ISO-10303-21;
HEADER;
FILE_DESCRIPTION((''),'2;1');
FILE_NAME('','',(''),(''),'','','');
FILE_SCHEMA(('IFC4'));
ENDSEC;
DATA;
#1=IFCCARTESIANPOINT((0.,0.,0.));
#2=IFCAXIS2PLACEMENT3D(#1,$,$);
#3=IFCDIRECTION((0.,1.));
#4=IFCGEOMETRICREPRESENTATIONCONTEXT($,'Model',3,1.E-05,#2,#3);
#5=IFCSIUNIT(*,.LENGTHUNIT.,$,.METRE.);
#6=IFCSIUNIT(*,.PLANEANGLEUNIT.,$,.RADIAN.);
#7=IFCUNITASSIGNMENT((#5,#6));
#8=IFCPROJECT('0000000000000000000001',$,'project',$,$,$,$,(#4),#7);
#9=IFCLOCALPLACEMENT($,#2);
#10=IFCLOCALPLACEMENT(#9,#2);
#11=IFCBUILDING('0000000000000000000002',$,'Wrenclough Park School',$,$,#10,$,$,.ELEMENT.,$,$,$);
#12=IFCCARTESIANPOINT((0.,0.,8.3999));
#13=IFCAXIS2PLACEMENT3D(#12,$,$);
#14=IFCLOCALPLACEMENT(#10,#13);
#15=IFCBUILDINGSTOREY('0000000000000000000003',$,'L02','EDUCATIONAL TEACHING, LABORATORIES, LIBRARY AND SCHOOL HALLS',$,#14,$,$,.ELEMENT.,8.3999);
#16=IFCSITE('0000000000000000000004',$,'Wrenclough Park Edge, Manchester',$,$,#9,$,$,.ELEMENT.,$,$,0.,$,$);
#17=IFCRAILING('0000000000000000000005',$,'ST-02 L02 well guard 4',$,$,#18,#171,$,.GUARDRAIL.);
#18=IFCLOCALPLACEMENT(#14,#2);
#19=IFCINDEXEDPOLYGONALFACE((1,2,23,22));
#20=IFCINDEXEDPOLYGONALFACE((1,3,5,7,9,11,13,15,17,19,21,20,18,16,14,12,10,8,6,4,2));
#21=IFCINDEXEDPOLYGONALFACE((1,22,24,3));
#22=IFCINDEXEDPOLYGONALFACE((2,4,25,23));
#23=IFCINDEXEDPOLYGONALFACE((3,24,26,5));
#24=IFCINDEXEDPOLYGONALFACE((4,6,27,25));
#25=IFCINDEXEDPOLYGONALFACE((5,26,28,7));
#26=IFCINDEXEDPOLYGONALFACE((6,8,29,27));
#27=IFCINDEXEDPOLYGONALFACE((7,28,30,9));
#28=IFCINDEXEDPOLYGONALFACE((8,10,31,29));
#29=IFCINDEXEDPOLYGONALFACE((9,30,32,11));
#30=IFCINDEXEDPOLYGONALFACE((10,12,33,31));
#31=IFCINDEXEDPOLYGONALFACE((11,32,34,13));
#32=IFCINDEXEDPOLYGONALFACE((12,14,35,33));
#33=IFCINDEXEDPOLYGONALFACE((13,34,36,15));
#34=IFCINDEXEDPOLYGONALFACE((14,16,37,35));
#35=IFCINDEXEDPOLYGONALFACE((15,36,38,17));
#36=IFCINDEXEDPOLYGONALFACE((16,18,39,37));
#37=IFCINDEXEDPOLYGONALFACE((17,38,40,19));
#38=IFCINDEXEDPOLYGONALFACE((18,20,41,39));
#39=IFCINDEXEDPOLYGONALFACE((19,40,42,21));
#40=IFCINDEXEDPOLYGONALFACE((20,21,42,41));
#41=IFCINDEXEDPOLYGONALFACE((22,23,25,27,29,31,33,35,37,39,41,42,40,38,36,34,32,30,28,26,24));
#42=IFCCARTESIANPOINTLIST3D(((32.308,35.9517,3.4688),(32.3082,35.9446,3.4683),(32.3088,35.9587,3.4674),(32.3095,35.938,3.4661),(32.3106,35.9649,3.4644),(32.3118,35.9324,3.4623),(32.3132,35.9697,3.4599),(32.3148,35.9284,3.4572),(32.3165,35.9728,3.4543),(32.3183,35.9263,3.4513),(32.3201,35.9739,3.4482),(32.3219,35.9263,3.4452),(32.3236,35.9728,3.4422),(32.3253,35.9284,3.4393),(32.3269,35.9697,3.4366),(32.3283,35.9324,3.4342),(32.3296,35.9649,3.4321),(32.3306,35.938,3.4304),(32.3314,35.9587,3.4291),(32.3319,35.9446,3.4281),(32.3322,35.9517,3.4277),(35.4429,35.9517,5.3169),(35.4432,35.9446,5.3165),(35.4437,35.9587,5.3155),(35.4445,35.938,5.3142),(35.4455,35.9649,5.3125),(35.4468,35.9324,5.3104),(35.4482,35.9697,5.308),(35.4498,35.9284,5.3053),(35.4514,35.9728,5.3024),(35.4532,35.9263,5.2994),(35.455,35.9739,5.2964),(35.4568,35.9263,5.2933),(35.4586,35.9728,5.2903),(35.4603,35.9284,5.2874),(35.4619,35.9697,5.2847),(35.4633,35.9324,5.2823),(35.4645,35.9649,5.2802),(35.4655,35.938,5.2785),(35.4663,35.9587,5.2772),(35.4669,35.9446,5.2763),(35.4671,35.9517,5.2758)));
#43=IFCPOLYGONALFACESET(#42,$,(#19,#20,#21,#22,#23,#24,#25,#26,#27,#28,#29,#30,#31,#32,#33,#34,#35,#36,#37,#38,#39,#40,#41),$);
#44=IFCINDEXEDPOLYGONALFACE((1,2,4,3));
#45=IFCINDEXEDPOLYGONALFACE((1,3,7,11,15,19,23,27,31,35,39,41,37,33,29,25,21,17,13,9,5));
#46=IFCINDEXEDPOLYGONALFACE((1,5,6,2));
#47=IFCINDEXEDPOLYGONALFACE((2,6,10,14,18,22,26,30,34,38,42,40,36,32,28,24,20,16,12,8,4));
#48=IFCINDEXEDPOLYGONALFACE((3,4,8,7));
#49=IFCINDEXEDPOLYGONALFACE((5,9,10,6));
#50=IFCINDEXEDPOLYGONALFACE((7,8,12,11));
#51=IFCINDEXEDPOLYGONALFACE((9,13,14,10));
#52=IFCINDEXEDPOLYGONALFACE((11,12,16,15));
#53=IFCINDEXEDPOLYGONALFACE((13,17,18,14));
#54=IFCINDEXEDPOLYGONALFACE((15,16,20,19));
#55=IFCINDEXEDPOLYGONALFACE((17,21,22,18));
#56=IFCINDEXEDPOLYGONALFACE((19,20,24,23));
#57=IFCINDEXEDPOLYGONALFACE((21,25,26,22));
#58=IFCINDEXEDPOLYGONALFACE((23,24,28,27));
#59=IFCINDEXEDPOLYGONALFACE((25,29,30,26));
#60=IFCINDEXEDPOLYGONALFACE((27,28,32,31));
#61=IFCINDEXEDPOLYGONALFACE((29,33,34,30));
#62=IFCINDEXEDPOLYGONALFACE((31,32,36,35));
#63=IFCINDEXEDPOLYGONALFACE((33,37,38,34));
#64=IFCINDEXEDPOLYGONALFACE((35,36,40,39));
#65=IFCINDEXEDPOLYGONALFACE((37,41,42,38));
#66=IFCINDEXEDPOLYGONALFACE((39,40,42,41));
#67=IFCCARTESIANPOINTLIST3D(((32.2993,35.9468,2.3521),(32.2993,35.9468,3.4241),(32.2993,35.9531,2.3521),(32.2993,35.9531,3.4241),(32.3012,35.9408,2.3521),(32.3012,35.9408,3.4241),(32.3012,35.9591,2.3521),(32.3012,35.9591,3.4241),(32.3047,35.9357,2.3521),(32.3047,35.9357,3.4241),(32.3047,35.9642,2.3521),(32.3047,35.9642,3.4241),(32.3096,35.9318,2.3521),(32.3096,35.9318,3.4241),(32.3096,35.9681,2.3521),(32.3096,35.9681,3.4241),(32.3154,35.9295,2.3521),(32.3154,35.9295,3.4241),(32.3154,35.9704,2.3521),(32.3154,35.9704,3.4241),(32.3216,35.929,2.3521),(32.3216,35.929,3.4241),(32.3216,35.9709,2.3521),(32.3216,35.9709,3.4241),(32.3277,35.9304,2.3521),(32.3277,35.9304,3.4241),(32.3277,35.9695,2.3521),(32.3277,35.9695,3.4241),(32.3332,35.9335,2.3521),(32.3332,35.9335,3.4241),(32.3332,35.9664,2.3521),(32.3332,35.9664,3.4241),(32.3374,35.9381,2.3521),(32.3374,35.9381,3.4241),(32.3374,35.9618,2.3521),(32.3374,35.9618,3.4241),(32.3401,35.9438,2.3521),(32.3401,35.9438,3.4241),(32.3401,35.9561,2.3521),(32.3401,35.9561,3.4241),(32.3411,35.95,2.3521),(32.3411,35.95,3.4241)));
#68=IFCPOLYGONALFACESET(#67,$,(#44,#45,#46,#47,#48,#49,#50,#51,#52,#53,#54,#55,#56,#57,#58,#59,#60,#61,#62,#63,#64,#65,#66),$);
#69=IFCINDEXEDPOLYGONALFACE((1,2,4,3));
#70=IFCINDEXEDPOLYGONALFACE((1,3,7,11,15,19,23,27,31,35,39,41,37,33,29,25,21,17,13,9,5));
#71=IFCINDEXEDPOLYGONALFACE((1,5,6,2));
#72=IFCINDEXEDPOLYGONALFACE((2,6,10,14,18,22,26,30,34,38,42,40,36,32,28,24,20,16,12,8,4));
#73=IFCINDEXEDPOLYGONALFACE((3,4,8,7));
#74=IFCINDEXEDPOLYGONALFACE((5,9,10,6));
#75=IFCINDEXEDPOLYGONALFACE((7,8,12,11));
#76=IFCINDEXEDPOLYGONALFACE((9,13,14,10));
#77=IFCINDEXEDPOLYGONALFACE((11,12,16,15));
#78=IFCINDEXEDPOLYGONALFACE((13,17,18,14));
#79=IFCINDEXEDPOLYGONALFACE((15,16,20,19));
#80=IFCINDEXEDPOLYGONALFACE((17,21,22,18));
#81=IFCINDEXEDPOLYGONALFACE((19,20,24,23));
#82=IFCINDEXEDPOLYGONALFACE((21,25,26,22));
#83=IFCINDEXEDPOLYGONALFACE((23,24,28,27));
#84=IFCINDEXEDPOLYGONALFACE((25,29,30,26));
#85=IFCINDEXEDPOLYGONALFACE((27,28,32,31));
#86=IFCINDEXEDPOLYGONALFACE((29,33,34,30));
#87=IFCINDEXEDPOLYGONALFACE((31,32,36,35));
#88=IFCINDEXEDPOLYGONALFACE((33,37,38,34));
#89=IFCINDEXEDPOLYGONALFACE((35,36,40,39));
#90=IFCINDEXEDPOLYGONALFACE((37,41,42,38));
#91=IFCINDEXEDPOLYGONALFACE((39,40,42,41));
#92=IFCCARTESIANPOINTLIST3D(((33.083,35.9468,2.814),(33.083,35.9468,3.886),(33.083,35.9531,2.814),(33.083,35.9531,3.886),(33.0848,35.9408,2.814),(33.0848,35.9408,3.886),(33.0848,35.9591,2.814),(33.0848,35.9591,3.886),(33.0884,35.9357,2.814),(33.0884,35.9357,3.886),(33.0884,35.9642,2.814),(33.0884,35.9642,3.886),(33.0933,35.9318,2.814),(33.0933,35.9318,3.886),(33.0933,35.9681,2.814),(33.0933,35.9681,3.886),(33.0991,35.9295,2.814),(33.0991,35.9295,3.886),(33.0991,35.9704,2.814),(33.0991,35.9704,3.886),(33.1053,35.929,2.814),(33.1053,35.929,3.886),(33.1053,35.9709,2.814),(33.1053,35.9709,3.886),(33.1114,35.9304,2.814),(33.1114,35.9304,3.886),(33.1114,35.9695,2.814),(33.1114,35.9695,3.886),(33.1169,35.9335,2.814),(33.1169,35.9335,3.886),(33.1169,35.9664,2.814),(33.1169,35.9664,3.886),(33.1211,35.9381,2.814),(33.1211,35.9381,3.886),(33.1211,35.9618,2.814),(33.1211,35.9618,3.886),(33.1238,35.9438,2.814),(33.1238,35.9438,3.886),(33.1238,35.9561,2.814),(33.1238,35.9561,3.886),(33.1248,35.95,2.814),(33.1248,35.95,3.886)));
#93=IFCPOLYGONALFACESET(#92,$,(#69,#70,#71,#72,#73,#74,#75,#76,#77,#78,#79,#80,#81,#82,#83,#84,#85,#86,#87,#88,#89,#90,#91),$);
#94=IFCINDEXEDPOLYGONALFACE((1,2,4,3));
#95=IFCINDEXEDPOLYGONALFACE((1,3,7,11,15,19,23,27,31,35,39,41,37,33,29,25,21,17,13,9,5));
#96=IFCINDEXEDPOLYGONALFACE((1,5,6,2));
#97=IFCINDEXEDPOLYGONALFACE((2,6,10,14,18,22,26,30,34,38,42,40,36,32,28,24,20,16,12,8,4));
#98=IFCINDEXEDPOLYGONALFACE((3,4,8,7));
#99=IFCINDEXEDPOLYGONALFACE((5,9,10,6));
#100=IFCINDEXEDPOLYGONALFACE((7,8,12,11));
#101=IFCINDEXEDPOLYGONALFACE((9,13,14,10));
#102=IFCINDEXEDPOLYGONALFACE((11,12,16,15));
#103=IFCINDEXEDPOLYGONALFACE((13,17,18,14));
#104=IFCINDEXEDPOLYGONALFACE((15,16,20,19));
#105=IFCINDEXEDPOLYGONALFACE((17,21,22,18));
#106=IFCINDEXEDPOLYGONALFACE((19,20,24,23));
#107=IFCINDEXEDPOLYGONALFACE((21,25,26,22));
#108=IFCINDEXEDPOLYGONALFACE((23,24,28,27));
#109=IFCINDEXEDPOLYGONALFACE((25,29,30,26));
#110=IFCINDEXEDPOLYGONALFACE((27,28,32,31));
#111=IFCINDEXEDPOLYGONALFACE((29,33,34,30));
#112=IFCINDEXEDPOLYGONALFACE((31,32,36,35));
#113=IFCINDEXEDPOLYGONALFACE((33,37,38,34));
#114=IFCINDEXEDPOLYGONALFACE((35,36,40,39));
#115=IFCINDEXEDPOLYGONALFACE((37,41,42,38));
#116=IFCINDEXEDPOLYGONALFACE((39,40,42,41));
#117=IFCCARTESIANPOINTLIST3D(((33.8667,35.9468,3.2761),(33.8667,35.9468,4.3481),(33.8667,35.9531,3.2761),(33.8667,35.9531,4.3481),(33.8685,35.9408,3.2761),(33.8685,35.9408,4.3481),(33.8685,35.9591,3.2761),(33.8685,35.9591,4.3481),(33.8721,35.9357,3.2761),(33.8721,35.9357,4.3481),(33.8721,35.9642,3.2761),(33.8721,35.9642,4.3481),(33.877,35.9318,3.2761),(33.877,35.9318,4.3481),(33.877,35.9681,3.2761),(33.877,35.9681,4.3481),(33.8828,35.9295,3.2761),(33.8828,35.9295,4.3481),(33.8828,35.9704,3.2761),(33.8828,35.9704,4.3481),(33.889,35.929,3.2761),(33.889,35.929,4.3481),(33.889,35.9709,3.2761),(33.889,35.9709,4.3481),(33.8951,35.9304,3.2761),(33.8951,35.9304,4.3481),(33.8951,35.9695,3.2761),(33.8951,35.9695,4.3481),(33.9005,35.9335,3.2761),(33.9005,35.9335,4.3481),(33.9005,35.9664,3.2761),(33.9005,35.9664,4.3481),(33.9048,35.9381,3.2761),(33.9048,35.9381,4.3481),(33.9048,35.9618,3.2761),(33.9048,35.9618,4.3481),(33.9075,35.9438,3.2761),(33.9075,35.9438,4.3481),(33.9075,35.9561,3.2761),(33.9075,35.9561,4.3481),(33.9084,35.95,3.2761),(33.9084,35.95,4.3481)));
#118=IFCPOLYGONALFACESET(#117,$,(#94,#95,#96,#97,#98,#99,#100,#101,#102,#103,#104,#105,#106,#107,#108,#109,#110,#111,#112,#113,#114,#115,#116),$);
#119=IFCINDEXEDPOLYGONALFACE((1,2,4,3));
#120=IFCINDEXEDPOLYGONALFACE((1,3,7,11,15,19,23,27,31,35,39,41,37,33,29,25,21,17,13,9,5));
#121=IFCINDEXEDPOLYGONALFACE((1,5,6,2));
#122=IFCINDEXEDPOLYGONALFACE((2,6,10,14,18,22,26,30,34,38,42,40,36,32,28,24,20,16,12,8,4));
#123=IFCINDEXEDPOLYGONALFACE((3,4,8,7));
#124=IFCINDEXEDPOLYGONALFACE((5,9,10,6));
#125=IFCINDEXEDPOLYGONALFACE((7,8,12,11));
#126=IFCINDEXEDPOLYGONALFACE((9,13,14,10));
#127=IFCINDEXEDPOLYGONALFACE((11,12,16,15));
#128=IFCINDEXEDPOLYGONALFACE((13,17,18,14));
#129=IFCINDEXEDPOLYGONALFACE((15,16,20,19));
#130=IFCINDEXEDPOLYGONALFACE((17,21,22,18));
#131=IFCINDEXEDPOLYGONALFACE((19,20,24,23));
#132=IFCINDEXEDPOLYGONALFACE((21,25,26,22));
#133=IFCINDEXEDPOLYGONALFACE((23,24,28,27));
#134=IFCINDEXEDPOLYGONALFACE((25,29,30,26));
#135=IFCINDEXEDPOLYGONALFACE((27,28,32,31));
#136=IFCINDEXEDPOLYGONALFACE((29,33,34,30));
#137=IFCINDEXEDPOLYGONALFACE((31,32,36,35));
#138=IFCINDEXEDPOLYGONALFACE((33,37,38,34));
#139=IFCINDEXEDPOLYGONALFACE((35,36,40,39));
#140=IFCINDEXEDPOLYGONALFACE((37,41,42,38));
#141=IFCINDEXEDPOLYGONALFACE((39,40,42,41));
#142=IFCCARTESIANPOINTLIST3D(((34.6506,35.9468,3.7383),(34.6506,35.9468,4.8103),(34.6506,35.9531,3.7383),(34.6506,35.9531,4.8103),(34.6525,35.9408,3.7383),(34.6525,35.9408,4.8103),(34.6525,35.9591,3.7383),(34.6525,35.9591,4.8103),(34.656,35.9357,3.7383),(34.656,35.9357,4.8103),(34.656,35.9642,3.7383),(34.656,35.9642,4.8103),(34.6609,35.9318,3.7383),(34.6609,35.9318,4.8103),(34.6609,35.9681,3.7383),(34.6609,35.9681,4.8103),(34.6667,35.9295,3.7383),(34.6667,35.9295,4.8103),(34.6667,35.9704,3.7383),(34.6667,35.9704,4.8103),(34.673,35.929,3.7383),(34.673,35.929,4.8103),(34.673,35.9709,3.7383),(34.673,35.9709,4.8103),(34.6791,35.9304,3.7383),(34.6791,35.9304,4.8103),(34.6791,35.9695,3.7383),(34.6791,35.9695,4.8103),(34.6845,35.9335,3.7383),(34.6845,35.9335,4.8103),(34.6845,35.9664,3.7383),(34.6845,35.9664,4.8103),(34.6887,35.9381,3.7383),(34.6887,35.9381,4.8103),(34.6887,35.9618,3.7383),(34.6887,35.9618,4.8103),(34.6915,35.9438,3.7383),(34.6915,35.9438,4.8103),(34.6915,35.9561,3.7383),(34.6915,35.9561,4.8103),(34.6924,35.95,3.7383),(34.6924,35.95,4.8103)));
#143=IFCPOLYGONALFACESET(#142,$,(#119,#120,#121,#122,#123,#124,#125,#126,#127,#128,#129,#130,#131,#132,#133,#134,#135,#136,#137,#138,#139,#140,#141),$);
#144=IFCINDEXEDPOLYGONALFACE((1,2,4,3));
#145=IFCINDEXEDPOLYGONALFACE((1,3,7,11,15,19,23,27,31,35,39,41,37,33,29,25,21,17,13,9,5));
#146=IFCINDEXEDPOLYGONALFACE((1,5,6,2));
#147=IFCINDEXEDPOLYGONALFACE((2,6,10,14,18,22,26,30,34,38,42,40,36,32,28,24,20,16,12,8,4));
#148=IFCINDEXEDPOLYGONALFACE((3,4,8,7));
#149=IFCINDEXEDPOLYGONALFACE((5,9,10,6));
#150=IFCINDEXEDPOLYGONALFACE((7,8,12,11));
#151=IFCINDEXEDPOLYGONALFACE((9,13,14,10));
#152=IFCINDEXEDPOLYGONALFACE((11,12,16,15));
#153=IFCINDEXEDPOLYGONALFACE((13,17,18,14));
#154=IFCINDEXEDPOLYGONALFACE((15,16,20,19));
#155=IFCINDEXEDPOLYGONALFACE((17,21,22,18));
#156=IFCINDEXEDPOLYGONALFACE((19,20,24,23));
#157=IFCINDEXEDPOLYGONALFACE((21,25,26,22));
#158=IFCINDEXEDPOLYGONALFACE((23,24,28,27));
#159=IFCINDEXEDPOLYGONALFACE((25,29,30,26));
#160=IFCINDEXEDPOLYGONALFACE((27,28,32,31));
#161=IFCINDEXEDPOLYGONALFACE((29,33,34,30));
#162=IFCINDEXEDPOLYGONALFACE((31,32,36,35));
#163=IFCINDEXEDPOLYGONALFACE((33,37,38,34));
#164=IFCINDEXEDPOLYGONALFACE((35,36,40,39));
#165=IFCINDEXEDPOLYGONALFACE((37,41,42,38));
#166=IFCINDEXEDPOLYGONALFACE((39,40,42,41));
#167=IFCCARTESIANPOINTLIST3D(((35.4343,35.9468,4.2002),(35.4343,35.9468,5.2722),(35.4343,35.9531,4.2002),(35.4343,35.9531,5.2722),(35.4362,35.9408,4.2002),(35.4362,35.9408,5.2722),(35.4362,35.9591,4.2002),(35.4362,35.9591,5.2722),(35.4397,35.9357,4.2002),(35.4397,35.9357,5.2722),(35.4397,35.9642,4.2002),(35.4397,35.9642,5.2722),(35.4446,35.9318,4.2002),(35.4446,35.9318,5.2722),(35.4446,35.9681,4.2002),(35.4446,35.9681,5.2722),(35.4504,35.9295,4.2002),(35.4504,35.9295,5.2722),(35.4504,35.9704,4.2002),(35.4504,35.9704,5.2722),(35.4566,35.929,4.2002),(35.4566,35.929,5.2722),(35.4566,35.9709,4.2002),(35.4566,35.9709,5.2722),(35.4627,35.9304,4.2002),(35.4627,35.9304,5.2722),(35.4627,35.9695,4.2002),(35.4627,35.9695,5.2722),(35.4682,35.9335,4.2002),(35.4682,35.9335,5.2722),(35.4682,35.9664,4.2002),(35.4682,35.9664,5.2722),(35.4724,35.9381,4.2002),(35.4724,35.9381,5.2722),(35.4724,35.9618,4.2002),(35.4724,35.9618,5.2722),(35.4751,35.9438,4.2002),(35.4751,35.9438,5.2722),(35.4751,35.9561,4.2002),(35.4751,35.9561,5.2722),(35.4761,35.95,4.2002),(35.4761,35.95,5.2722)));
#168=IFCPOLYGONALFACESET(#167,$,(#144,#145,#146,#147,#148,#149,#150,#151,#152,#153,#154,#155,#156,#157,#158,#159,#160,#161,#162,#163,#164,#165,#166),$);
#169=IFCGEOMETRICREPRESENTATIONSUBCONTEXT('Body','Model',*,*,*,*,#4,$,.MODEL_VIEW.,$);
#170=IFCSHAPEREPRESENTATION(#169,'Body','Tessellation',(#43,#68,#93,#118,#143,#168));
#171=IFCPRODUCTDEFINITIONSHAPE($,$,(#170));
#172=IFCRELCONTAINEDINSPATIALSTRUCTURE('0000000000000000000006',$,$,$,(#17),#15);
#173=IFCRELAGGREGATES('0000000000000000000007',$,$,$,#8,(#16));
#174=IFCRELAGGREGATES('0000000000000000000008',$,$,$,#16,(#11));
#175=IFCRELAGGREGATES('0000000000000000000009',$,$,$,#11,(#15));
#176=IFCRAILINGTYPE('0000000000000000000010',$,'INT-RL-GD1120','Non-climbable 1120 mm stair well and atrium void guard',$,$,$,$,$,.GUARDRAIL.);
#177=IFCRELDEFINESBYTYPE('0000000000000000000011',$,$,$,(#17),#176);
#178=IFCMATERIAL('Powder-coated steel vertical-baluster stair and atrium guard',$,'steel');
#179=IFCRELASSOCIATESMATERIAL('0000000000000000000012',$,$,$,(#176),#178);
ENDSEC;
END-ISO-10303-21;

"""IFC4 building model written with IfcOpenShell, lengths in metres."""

from ifc_helpers import new_model, si_unit, direction, frame, origin, origin_2d, place, context, subcontext, project, spatial, circle, extrude, material, type_object, element, save


model = new_model("IFC4")

# Units and contexts
model_context = context("Model", 3, precision=1e-05, world=origin(), true_north=direction((0.0, 1.0)))
body_context = subcontext(model_context, "Body", "Model", "MODEL_VIEW")
ifc_project = project(units=[si_unit("LENGTHUNIT", "METRE"), si_unit("PLANEANGLEUNIT", "RADIAN")], contexts=[model_context])

# Site, building, storey
site_placement = place(None, origin())
site = spatial("IfcSite", under=ifc_project, at=site_placement, Name="Wrenclough Park Edge, Manchester", CompositionType="ELEMENT", RefElevation=0.0)
building_placement = place(site_placement, origin())
building = spatial("IfcBuilding", under=site, at=building_placement, Name="Wrenclough Park School", CompositionType="ELEMENT")
storey_placement = place(building_placement, frame((0.0, 0.0, 8.3999)))
storey = spatial("IfcBuildingStorey", under=building, at=storey_placement, Name="L02", Description="EDUCATIONAL TEACHING, LABORATORIES, LIBRARY AND SCHOOL HALLS", CompositionType="ELEMENT", Elevation=8.3999)

# Railing
ifc_material_1 = material(Name="Powder-coated steel vertical-baluster stair and atrium guard", Category="steel")
railing_type_1 = type_object("IfcRailingType", Name="INT-RL-GD1120", Description="Non-climbable 1120 mm stair well and atrium void guard", PredefinedType="GUARDRAIL", material=ifc_material_1)
railing_1_placement = place(storey_placement, frame((32.3201, 35.95, 2.3521)))
element("IfcRailing", 1, at=railing_1_placement, inside=storey, type_object=railing_type_1, Name="ST-02 L02 well guard 4", PredefinedType="GUARDRAIL", context=body_context, shape_type="SweptSolid", body=[
    extrude(circle(Radius=0.0239, at=origin_2d()), frame((0.0, 0.0, 1.0962), z_axis=(0.861451, 0.0, 0.507841), x_axis=(0.0, 1.0, 0.0)), (0.0, 0.0, 1.0), 3.6392),
    extrude(circle(Radius=0.021, at=origin_2d()), origin(), (0.0, 0.0, 1.0), 1.072),
    extrude(circle(Radius=0.021, at=origin_2d()), frame((0.7837, 0.0, 0.4619)), (0.0, 0.0, 1.0), 1.072),
    extrude(circle(Radius=0.021, at=origin_2d()), frame((1.5674, 0.0, 0.9241)), (0.0, 0.0, 1.0), 1.072),
    extrude(circle(Radius=0.021, at=origin_2d()), frame((2.3513, 0.0, 1.3862)), (0.0, 0.0, 1.0), 1.072),
    extrude(circle(Radius=0.021, at=origin_2d()), frame((3.135, 0.0, 1.8481)), (0.0, 0.0, 1.0), 1.072),
])

save(model, "model.ifc")
